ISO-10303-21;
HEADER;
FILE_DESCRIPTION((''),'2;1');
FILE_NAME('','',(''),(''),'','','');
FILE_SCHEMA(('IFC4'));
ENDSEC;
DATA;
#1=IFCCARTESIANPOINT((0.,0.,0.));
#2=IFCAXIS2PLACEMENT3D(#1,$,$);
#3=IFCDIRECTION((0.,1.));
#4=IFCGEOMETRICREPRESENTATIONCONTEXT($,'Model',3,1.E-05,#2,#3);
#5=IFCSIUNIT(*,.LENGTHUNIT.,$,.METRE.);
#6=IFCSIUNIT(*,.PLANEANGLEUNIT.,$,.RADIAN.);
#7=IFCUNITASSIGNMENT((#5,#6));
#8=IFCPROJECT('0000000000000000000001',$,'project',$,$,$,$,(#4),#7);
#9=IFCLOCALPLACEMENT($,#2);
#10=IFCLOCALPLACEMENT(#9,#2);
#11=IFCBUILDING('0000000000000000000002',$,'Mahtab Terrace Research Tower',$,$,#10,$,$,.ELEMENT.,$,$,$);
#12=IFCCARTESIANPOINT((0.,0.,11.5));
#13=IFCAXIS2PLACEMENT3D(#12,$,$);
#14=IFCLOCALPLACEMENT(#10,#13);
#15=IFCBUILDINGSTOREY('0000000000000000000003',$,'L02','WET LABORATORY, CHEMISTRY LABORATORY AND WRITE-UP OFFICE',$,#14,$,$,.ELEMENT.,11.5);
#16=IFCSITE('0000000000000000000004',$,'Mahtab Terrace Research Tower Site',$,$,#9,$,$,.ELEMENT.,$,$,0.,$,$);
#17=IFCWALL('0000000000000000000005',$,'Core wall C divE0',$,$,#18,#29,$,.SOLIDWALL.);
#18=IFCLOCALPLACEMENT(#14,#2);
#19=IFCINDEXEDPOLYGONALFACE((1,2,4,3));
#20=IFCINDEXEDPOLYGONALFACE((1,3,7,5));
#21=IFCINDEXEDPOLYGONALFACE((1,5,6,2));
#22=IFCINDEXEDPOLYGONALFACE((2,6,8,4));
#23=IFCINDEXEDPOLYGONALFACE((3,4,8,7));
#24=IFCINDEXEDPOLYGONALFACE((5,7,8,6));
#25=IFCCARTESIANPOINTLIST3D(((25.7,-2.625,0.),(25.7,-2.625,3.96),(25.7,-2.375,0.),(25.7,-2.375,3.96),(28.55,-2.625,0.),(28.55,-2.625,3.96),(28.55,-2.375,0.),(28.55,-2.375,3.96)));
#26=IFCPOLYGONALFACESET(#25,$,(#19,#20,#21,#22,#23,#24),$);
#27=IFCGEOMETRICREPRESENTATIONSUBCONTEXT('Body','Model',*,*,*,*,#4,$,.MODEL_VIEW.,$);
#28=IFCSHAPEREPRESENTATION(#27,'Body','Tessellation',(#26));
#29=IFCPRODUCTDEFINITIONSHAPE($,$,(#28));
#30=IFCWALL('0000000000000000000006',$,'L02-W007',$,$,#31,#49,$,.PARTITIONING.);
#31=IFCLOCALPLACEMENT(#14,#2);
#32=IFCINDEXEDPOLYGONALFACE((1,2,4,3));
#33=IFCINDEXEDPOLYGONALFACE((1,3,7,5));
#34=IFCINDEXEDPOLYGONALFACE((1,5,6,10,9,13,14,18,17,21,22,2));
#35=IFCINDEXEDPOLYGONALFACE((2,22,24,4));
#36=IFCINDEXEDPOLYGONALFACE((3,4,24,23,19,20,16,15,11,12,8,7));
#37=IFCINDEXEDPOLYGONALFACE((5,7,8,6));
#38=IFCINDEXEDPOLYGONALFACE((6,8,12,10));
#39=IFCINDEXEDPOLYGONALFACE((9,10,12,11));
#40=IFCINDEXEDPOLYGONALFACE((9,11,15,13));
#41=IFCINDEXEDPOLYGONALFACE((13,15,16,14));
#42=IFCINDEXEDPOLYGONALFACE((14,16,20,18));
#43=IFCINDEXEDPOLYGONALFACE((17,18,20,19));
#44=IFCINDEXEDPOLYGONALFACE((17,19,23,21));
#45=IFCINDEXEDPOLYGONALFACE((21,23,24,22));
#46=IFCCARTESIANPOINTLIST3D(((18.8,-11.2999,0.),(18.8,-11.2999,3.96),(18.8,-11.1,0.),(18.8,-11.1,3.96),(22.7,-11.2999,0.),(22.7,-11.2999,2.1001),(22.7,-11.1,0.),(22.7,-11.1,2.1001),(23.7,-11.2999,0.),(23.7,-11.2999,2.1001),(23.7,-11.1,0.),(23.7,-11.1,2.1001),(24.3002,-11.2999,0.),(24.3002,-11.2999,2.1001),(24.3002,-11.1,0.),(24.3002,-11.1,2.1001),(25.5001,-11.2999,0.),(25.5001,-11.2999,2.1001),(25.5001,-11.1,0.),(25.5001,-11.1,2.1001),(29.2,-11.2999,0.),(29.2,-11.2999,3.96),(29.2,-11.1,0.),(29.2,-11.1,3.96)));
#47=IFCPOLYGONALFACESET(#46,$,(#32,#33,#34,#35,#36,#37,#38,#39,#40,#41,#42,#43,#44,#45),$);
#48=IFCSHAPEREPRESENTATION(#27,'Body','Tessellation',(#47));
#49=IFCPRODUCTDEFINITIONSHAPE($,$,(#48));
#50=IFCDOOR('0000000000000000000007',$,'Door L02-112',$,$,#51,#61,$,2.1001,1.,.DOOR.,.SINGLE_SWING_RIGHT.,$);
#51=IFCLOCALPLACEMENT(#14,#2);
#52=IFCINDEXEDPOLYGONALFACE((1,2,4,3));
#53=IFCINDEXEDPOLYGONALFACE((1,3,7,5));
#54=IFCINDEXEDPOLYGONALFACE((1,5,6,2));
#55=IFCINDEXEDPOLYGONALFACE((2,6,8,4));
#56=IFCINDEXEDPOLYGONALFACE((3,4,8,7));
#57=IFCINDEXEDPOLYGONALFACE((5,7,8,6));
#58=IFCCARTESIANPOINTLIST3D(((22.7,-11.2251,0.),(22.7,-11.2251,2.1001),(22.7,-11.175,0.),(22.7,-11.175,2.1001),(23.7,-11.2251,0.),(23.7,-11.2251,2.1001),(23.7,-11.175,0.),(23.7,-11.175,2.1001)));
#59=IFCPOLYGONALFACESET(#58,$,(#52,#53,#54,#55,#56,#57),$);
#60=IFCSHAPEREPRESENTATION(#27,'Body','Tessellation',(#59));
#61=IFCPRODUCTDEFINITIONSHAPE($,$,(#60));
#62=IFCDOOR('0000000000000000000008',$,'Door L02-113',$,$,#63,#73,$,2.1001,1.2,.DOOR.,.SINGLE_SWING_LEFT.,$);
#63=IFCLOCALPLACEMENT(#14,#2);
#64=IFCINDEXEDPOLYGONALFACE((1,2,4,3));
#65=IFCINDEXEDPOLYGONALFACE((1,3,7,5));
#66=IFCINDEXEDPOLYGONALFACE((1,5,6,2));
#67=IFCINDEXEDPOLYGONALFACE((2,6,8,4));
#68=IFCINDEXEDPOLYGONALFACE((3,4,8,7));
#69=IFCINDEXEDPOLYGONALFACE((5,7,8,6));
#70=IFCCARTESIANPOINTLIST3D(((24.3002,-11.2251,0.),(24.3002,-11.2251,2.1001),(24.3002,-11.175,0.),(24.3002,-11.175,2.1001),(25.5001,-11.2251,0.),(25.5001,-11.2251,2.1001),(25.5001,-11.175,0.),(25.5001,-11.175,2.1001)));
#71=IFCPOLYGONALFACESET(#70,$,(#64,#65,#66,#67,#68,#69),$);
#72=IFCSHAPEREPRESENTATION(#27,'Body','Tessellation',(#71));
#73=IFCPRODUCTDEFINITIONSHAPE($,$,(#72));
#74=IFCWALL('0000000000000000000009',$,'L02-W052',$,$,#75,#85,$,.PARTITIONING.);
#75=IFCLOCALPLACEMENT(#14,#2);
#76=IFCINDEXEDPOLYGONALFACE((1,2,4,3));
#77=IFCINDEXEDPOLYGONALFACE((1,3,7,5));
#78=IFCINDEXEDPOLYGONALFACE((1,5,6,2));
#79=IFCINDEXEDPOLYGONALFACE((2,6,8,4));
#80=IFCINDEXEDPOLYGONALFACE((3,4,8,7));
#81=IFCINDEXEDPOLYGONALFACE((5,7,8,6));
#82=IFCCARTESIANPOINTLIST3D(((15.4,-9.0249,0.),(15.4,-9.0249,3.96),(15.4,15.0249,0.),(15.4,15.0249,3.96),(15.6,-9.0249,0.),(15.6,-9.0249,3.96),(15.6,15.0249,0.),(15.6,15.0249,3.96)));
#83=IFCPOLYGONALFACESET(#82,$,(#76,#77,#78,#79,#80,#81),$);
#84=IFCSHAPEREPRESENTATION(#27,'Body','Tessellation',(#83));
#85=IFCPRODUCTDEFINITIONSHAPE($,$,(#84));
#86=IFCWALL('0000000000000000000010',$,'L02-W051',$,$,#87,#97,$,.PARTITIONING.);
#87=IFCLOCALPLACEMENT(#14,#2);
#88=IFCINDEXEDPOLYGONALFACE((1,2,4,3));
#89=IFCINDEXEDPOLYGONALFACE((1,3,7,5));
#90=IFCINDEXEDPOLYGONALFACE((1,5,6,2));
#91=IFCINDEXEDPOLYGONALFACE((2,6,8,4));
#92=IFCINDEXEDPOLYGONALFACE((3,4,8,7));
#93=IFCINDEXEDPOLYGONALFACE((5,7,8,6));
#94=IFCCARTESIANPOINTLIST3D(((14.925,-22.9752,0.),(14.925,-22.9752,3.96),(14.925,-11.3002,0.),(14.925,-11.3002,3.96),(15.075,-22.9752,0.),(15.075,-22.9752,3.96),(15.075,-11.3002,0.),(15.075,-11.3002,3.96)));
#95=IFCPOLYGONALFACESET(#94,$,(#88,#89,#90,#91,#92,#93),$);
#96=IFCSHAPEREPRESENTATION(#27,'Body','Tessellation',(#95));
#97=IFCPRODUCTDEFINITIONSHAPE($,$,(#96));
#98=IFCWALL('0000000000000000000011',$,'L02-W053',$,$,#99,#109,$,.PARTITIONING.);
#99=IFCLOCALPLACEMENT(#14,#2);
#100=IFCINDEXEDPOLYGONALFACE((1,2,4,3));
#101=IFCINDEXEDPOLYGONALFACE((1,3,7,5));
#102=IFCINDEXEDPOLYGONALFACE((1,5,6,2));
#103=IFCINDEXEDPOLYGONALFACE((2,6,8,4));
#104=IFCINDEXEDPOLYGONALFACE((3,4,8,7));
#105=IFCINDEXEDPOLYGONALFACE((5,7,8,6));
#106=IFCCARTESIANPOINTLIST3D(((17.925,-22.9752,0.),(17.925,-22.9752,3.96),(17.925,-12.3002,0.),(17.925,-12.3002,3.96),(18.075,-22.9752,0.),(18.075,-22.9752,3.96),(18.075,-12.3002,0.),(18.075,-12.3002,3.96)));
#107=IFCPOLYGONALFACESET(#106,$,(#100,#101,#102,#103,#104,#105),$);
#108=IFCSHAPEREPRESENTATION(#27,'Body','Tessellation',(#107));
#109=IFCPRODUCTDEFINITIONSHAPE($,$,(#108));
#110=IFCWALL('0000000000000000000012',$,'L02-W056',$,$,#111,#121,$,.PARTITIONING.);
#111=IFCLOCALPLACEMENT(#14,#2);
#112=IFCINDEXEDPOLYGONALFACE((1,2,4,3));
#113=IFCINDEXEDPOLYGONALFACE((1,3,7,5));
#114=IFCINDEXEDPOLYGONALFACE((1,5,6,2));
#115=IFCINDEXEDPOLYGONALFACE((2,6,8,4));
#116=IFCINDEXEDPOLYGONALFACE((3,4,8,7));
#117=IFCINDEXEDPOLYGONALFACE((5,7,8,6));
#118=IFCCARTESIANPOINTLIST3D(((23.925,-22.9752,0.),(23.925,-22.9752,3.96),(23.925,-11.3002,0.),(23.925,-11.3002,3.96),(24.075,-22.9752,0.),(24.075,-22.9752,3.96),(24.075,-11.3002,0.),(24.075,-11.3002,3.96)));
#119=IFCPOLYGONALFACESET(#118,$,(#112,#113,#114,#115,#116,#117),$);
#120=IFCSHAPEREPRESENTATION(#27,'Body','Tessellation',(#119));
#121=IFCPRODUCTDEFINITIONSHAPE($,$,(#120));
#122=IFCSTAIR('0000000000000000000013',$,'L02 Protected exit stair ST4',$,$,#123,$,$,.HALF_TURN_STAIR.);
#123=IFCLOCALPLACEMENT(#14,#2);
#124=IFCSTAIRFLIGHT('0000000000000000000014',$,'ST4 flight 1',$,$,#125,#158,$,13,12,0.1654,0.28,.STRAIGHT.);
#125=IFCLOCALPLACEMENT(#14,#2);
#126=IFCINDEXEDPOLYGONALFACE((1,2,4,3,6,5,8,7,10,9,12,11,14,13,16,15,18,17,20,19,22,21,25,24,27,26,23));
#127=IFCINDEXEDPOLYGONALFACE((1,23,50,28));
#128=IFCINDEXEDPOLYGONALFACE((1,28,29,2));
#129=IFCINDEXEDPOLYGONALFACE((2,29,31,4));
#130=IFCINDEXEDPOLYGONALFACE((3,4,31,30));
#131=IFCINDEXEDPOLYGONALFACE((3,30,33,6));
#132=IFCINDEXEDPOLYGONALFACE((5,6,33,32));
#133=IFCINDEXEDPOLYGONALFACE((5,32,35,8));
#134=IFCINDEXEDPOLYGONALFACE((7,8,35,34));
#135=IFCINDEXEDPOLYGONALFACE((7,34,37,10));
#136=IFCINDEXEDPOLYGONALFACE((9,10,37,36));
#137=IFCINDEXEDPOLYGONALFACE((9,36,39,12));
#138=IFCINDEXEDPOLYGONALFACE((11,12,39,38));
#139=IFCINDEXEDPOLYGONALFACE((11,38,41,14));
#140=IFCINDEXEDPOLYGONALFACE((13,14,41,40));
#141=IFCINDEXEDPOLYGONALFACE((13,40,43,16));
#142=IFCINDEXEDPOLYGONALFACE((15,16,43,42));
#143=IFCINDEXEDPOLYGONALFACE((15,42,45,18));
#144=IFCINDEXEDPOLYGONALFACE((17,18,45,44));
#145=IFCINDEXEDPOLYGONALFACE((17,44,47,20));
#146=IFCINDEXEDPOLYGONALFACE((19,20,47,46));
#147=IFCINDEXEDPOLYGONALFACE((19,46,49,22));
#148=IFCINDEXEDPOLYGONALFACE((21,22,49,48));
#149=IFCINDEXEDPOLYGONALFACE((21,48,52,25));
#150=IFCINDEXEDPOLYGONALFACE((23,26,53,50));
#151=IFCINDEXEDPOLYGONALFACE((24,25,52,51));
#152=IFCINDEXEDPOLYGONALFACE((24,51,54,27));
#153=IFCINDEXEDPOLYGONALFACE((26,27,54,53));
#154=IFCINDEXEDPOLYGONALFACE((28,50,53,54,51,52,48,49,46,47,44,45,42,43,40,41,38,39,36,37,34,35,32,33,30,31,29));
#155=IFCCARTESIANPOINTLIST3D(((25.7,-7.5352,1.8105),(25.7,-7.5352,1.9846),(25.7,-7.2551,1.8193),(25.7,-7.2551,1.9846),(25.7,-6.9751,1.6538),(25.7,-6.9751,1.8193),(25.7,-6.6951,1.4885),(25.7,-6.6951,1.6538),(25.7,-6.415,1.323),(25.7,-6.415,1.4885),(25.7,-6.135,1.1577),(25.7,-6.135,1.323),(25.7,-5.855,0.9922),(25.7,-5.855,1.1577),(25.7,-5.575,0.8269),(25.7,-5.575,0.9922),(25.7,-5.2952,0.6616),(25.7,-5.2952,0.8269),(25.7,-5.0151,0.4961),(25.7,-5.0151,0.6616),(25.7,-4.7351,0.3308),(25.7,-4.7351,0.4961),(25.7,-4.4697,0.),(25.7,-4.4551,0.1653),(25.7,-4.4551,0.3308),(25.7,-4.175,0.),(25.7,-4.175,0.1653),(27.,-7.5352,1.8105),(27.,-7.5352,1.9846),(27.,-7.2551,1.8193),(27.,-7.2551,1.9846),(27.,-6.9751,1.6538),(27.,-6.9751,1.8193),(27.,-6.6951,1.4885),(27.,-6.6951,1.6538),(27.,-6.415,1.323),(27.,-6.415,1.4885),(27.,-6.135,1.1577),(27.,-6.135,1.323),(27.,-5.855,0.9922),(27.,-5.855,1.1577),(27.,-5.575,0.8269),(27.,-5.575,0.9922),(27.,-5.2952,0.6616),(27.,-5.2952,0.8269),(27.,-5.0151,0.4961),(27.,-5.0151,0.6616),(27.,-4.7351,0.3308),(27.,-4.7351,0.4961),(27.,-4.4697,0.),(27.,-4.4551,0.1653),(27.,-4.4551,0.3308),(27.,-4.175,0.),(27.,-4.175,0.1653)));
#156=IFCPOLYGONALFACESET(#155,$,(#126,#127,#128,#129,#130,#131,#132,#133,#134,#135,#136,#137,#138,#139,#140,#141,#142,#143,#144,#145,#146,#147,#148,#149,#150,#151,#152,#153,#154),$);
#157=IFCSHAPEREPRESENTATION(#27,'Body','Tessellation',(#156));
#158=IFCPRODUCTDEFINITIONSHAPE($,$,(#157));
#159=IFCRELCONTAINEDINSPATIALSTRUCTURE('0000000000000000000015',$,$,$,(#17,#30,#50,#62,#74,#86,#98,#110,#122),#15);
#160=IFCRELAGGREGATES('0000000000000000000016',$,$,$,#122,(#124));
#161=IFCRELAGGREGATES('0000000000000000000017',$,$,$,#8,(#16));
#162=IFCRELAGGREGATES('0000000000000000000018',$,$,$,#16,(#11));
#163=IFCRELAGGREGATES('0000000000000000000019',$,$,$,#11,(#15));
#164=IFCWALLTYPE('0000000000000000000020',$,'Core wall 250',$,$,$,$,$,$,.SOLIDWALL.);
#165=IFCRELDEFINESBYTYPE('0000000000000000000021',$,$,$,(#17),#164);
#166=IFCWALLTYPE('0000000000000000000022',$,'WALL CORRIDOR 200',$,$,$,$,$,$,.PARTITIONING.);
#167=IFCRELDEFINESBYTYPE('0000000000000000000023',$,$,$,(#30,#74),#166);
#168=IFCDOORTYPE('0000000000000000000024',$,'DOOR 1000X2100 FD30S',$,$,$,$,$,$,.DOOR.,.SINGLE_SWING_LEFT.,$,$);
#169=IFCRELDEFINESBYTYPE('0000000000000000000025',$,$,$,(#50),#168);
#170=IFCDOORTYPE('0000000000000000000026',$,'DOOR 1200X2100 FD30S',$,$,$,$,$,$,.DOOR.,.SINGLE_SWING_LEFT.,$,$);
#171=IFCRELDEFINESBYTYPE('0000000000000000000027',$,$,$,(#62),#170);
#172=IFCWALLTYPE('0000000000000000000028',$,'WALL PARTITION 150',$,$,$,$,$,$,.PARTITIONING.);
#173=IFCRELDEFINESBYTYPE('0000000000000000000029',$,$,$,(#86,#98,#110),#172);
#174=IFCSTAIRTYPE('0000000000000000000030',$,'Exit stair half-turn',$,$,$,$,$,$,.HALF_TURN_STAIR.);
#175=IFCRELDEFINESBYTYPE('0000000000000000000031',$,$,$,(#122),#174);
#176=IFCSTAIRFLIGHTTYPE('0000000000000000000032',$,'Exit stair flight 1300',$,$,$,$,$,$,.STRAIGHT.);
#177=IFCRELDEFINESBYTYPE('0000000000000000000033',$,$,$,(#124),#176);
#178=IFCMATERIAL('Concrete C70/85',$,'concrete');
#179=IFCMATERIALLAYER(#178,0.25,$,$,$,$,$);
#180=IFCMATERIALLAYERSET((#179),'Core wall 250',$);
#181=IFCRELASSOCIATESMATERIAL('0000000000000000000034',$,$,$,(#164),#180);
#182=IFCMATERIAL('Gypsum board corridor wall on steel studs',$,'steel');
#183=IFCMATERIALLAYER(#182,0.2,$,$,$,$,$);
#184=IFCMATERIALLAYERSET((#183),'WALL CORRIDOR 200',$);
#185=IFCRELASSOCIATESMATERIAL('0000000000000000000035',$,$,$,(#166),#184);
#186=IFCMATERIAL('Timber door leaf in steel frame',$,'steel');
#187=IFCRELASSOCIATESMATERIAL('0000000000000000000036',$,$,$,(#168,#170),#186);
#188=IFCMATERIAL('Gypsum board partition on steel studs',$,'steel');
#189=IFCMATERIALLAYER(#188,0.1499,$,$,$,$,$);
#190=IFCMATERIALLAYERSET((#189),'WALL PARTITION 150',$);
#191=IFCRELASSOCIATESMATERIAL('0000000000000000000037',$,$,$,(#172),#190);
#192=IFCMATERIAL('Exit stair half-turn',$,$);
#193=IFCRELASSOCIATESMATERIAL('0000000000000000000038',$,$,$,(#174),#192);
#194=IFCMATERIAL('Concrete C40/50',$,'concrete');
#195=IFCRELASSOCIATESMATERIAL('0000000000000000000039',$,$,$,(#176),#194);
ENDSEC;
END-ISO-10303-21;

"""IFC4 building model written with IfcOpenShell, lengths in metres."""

from ifc_helpers import new_model, si_unit, direction, frame, frame_2d, origin, place, context, subcontext, project, spatial, polyline, rectangle, outline, extrude, material, layer, layer_set, type_object, element, fill, aggregate, save


model = new_model("IFC4")

# Units and contexts
model_context = context("Model", 3, precision=1e-05, world=origin(), true_north=direction((0.0, 1.0)))
body_context = subcontext(model_context, "Body", "Model", "MODEL_VIEW")
ifc_project = project(units=[si_unit("LENGTHUNIT", "METRE"), si_unit("PLANEANGLEUNIT", "RADIAN")], contexts=[model_context])

# Site, building, storey
site_placement = place(None, origin())
site = spatial("IfcSite", under=ifc_project, at=site_placement, Name="Mahtab Terrace Research Tower Site", CompositionType="ELEMENT", RefElevation=0.0)
building_placement = place(site_placement, origin())
building = spatial("IfcBuilding", under=site, at=building_placement, Name="Mahtab Terrace Research Tower", CompositionType="ELEMENT")
storey_placement = place(building_placement, frame((0.0, 0.0, 11.5)))
storey = spatial("IfcBuildingStorey", under=building, at=storey_placement, Name="L02", Description="WET LABORATORY, CHEMISTRY LABORATORY AND WRITE-UP OFFICE", CompositionType="ELEMENT", Elevation=11.5)

# Shared definitions
ifc_material_1 = material(Name="Concrete C70/85", Category="concrete")

# Shared definitions
ifc_layer_1 = layer(ifc_material_1, 0.25)
ifc_layer_set_1 = layer_set([ifc_layer_1], Name="Core wall 250")
wall_type_1 = type_object("IfcWallType", Name="Core wall 250", PredefinedType="SOLIDWALL", material=ifc_layer_set_1)

# Wall
for number, where, z_axis, x_axis, name in (
    (1, (25.7, -2.5, 0.0), (0.0, 0.0, 1.0), (1.0, 0.0, 0.0), "Core wall C divE0"),
):
    element("IfcWall", number, at=place(storey_placement, frame(where, z_axis=z_axis, x_axis=x_axis)), inside=storey, type_object=wall_type_1, Name=name, PredefinedType="SOLIDWALL", context=body_context, shape_type="SweptSolid", body=[
        extrude(rectangle(XDim=2.8501, YDim=0.25, at=frame_2d((1.425, 0.0))), origin(), (0.0, 0.0, 1.0), 3.96),
    ])

# Wall, openings, doors
ifc_material_2 = material(Name="Gypsum board corridor wall on steel studs", Category="steel")
ifc_layer_2 = layer(ifc_material_2, 0.2)
ifc_layer_set_2 = layer_set([ifc_layer_2], Name="WALL CORRIDOR 200")
wall_type_2 = type_object("IfcWallType", Name="WALL CORRIDOR 200", PredefinedType="PARTITIONING", material=ifc_layer_set_2)
wall_1_placement = place(storey_placement, frame((18.8, -11.2, 0.0), z_axis=(0.0, 0.0, 1.0), x_axis=(1.0, 0.0, 0.0)))
wall_1 = element("IfcWall", 2, at=wall_1_placement, inside=storey, type_object=wall_type_2, Name="L02-W007", PredefinedType="PARTITIONING", context=body_context, shape_type="SweptSolid", body=[
    extrude(rectangle(XDim=10.3999, YDim=0.2, at=frame_2d((5.2, 0.0))), origin(), (0.0, 0.0, 1.0), 3.96),
])
opening_1_placement = place(wall_1_placement, frame((3.8999, 0.0, 0.0)))
opening_1 = element("IfcOpeningElement", 3, at=opening_1_placement, cuts=wall_1, PredefinedType="OPENING", context=body_context, shape_type="SweptSolid", body=[
    extrude(rectangle(XDim=1.0, YDim=2.1001, at=frame_2d((0.5, 1.05))), frame((0.0, 0.1099, 0.0), z_axis=(0.0, -1.0, 0.0), x_axis=(1.0, 0.0, 0.0)), (0.0, 0.0, 1.0), 0.22),
])
opening_2_placement = place(wall_1_placement, frame((5.5, 0.0, 0.0)))
opening_2 = element("IfcOpeningElement", 4, at=opening_2_placement, cuts=wall_1, PredefinedType="OPENING", context=body_context, shape_type="SweptSolid", body=[
    extrude(rectangle(XDim=1.2, YDim=2.1001, at=frame_2d((0.6001, 1.05))), frame((0.0, 0.1099, 0.0), z_axis=(0.0, -1.0, 0.0), x_axis=(1.0, 0.0, 0.0)), (0.0, 0.0, 1.0), 0.22),
])
ifc_material_3 = material(Name="Timber door leaf in steel frame", Category="steel")
door_type_1 = type_object("IfcDoorType", Name="DOOR 1000X2100 FD30S", OperationType="SINGLE_SWING_LEFT", PredefinedType="DOOR", material=ifc_material_3)
door_1_placement = place(opening_1_placement, origin())
door_1 = element("IfcDoor", 5, at=door_1_placement, inside=storey, type_object=door_type_1, Name="Door L02-112", OperationType="SINGLE_SWING_RIGHT", OverallHeight=2.1001, OverallWidth=1.0, PredefinedType="DOOR", context=body_context, shape_type="SweptSolid", body=[
    extrude(rectangle(XDim=1.0, YDim=2.1001, at=frame_2d((0.5, 1.05))), frame((0.0, 0.0249, 0.0), z_axis=(0.0, -1.0, 0.0), x_axis=(1.0, 0.0, 0.0)), (0.0, 0.0, 1.0), 0.05),
])
fill(opening_1, door_1)
door_type_2 = type_object("IfcDoorType", Name="DOOR 1200X2100 FD30S", OperationType="SINGLE_SWING_LEFT", PredefinedType="DOOR", material=ifc_material_3)
door_2_placement = place(opening_2_placement, origin())
door_2 = element("IfcDoor", 6, at=door_2_placement, inside=storey, type_object=door_type_2, Name="Door L02-113", OperationType="SINGLE_SWING_LEFT", OverallHeight=2.1001, OverallWidth=1.2, PredefinedType="DOOR", context=body_context, shape_type="SweptSolid", body=[
    extrude(rectangle(XDim=1.2, YDim=2.1001, at=frame_2d((0.6001, 1.05))), frame((0.0, 0.0249, 0.0), z_axis=(0.0, -1.0, 0.0), x_axis=(1.0, 0.0, 0.0)), (0.0, 0.0, 1.0), 0.05),
])
fill(opening_2, door_2)

# Walls
wall_2_placement = place(storey_placement, frame((15.5, -9.0249, 0.0), z_axis=(0.0, 0.0, 1.0), x_axis=(0.0, 1.0, 0.0)))
element("IfcWall", 7, at=wall_2_placement, inside=storey, type_object=wall_type_2, Name="L02-W052", PredefinedType="PARTITIONING", context=body_context, shape_type="SweptSolid", body=[
    extrude(rectangle(XDim=24.0498, YDim=0.2, at=frame_2d((12.0249, 0.0))), origin(), (0.0, 0.0, 1.0), 3.96),
])
ifc_material_4 = material(Name="Gypsum board partition on steel studs", Category="steel")
ifc_layer_3 = layer(ifc_material_4, 0.1499)
ifc_layer_set_3 = layer_set([ifc_layer_3], Name="WALL PARTITION 150")
wall_type_3 = type_object("IfcWallType", Name="WALL PARTITION 150", PredefinedType="PARTITIONING", material=ifc_layer_set_3)
wall_3_placement = place(storey_placement, frame((15.0, -22.9751, 0.0), z_axis=(0.0, 0.0, 1.0), x_axis=(0.0, 1.0, 0.0)))
element("IfcWall", 8, at=wall_3_placement, inside=storey, type_object=wall_type_3, Name="L02-W051", PredefinedType="PARTITIONING", context=body_context, shape_type="SweptSolid", body=[
    extrude(rectangle(XDim=11.675, YDim=0.1499, at=frame_2d((5.8374, 0.0))), origin(), (0.0, 0.0, 1.0), 3.96),
])
wall_4_placement = place(storey_placement, frame((18.0, -22.9751, 0.0), z_axis=(0.0, 0.0, 1.0), x_axis=(0.0, 1.0, 0.0)))
element("IfcWall", 9, at=wall_4_placement, inside=storey, type_object=wall_type_3, Name="L02-W053", PredefinedType="PARTITIONING", context=body_context, shape_type="SweptSolid", body=[
    extrude(rectangle(XDim=10.675, YDim=0.1499, at=frame_2d((5.3374, 0.0))), origin(), (0.0, 0.0, 1.0), 3.96),
])
wall_5_placement = place(storey_placement, frame((24.0, -22.9751, 0.0), z_axis=(0.0, 0.0, 1.0), x_axis=(0.0, 1.0, 0.0)))
element("IfcWall", 10, at=wall_5_placement, inside=storey, type_object=wall_type_3, Name="L02-W056", PredefinedType="PARTITIONING", context=body_context, shape_type="SweptSolid", body=[
    extrude(rectangle(XDim=11.675, YDim=0.1499, at=frame_2d((5.8374, 0.0))), origin(), (0.0, 0.0, 1.0), 3.96),
])

# Stair, stair flight
ifc_material_5 = material(Name="Exit stair half-turn")
stair_type = type_object("IfcStairType", Name="Exit stair half-turn", PredefinedType="HALF_TURN_STAIR", material=ifc_material_5)
stair_placement = place(storey_placement, origin())
stair = element("IfcStair", 11, at=stair_placement, inside=storey, type_object=stair_type, Name="L02 Protected exit stair ST4", PredefinedType="HALF_TURN_STAIR")
ifc_material_6 = material(Name="Concrete C40/50", Category="concrete")
stair_flight_type = type_object("IfcStairFlightType", Name="Exit stair flight 1300", PredefinedType="STRAIGHT", material=ifc_material_6)
stair_flight_placement = place(storey_placement, frame((26.3501, -4.175, 0.0), z_axis=(0.0, 0.0, 1.0), x_axis=(0.0, -1.0, 0.0)))
stair_flight = element("IfcStairFlight", 12, at=stair_flight_placement, type_object=stair_flight_type, Name="ST4 flight 1", NumberOfRisers=13, NumberOfTreads=12, PredefinedType="STRAIGHT", RiserHeight=0.1654, TreadLength=0.28, context=body_context, shape_type="SweptSolid", body=[
    extrude(outline(polyline([(0.0, 0.0), (0.0, 0.1653), (0.28, 0.1653), (0.28, 0.3308), (0.5601, 0.3308), (0.5601, 0.4961), (0.8401, 0.4961), (0.8401, 0.6616), (1.1201, 0.6616), (1.1201, 0.8269), (1.3999, 0.8269), (1.3999, 0.9922), (1.6799, 0.9922), (1.6799, 1.1577), (1.96, 1.1577), (1.96, 1.323), (2.24, 1.323), (2.24, 1.4885), (2.52, 1.4885), (2.52, 1.6538), (2.8, 1.6538), (2.8, 1.8193), (3.0801, 1.8193), (3.0801, 1.9846), (3.3601, 1.9846), (3.3601, 2.1499), (3.3601, 1.8105), (0.2947, 0.0), (0.0, 0.0)])), frame((0.0, 0.6499, 0.0), z_axis=(0.0, -1.0, 0.0), x_axis=(1.0, 0.0, 0.0)), (0.0, 0.0, 1.0), 1.3),
])
aggregate(stair, [stair_flight])

save(model, "model.ifc")
